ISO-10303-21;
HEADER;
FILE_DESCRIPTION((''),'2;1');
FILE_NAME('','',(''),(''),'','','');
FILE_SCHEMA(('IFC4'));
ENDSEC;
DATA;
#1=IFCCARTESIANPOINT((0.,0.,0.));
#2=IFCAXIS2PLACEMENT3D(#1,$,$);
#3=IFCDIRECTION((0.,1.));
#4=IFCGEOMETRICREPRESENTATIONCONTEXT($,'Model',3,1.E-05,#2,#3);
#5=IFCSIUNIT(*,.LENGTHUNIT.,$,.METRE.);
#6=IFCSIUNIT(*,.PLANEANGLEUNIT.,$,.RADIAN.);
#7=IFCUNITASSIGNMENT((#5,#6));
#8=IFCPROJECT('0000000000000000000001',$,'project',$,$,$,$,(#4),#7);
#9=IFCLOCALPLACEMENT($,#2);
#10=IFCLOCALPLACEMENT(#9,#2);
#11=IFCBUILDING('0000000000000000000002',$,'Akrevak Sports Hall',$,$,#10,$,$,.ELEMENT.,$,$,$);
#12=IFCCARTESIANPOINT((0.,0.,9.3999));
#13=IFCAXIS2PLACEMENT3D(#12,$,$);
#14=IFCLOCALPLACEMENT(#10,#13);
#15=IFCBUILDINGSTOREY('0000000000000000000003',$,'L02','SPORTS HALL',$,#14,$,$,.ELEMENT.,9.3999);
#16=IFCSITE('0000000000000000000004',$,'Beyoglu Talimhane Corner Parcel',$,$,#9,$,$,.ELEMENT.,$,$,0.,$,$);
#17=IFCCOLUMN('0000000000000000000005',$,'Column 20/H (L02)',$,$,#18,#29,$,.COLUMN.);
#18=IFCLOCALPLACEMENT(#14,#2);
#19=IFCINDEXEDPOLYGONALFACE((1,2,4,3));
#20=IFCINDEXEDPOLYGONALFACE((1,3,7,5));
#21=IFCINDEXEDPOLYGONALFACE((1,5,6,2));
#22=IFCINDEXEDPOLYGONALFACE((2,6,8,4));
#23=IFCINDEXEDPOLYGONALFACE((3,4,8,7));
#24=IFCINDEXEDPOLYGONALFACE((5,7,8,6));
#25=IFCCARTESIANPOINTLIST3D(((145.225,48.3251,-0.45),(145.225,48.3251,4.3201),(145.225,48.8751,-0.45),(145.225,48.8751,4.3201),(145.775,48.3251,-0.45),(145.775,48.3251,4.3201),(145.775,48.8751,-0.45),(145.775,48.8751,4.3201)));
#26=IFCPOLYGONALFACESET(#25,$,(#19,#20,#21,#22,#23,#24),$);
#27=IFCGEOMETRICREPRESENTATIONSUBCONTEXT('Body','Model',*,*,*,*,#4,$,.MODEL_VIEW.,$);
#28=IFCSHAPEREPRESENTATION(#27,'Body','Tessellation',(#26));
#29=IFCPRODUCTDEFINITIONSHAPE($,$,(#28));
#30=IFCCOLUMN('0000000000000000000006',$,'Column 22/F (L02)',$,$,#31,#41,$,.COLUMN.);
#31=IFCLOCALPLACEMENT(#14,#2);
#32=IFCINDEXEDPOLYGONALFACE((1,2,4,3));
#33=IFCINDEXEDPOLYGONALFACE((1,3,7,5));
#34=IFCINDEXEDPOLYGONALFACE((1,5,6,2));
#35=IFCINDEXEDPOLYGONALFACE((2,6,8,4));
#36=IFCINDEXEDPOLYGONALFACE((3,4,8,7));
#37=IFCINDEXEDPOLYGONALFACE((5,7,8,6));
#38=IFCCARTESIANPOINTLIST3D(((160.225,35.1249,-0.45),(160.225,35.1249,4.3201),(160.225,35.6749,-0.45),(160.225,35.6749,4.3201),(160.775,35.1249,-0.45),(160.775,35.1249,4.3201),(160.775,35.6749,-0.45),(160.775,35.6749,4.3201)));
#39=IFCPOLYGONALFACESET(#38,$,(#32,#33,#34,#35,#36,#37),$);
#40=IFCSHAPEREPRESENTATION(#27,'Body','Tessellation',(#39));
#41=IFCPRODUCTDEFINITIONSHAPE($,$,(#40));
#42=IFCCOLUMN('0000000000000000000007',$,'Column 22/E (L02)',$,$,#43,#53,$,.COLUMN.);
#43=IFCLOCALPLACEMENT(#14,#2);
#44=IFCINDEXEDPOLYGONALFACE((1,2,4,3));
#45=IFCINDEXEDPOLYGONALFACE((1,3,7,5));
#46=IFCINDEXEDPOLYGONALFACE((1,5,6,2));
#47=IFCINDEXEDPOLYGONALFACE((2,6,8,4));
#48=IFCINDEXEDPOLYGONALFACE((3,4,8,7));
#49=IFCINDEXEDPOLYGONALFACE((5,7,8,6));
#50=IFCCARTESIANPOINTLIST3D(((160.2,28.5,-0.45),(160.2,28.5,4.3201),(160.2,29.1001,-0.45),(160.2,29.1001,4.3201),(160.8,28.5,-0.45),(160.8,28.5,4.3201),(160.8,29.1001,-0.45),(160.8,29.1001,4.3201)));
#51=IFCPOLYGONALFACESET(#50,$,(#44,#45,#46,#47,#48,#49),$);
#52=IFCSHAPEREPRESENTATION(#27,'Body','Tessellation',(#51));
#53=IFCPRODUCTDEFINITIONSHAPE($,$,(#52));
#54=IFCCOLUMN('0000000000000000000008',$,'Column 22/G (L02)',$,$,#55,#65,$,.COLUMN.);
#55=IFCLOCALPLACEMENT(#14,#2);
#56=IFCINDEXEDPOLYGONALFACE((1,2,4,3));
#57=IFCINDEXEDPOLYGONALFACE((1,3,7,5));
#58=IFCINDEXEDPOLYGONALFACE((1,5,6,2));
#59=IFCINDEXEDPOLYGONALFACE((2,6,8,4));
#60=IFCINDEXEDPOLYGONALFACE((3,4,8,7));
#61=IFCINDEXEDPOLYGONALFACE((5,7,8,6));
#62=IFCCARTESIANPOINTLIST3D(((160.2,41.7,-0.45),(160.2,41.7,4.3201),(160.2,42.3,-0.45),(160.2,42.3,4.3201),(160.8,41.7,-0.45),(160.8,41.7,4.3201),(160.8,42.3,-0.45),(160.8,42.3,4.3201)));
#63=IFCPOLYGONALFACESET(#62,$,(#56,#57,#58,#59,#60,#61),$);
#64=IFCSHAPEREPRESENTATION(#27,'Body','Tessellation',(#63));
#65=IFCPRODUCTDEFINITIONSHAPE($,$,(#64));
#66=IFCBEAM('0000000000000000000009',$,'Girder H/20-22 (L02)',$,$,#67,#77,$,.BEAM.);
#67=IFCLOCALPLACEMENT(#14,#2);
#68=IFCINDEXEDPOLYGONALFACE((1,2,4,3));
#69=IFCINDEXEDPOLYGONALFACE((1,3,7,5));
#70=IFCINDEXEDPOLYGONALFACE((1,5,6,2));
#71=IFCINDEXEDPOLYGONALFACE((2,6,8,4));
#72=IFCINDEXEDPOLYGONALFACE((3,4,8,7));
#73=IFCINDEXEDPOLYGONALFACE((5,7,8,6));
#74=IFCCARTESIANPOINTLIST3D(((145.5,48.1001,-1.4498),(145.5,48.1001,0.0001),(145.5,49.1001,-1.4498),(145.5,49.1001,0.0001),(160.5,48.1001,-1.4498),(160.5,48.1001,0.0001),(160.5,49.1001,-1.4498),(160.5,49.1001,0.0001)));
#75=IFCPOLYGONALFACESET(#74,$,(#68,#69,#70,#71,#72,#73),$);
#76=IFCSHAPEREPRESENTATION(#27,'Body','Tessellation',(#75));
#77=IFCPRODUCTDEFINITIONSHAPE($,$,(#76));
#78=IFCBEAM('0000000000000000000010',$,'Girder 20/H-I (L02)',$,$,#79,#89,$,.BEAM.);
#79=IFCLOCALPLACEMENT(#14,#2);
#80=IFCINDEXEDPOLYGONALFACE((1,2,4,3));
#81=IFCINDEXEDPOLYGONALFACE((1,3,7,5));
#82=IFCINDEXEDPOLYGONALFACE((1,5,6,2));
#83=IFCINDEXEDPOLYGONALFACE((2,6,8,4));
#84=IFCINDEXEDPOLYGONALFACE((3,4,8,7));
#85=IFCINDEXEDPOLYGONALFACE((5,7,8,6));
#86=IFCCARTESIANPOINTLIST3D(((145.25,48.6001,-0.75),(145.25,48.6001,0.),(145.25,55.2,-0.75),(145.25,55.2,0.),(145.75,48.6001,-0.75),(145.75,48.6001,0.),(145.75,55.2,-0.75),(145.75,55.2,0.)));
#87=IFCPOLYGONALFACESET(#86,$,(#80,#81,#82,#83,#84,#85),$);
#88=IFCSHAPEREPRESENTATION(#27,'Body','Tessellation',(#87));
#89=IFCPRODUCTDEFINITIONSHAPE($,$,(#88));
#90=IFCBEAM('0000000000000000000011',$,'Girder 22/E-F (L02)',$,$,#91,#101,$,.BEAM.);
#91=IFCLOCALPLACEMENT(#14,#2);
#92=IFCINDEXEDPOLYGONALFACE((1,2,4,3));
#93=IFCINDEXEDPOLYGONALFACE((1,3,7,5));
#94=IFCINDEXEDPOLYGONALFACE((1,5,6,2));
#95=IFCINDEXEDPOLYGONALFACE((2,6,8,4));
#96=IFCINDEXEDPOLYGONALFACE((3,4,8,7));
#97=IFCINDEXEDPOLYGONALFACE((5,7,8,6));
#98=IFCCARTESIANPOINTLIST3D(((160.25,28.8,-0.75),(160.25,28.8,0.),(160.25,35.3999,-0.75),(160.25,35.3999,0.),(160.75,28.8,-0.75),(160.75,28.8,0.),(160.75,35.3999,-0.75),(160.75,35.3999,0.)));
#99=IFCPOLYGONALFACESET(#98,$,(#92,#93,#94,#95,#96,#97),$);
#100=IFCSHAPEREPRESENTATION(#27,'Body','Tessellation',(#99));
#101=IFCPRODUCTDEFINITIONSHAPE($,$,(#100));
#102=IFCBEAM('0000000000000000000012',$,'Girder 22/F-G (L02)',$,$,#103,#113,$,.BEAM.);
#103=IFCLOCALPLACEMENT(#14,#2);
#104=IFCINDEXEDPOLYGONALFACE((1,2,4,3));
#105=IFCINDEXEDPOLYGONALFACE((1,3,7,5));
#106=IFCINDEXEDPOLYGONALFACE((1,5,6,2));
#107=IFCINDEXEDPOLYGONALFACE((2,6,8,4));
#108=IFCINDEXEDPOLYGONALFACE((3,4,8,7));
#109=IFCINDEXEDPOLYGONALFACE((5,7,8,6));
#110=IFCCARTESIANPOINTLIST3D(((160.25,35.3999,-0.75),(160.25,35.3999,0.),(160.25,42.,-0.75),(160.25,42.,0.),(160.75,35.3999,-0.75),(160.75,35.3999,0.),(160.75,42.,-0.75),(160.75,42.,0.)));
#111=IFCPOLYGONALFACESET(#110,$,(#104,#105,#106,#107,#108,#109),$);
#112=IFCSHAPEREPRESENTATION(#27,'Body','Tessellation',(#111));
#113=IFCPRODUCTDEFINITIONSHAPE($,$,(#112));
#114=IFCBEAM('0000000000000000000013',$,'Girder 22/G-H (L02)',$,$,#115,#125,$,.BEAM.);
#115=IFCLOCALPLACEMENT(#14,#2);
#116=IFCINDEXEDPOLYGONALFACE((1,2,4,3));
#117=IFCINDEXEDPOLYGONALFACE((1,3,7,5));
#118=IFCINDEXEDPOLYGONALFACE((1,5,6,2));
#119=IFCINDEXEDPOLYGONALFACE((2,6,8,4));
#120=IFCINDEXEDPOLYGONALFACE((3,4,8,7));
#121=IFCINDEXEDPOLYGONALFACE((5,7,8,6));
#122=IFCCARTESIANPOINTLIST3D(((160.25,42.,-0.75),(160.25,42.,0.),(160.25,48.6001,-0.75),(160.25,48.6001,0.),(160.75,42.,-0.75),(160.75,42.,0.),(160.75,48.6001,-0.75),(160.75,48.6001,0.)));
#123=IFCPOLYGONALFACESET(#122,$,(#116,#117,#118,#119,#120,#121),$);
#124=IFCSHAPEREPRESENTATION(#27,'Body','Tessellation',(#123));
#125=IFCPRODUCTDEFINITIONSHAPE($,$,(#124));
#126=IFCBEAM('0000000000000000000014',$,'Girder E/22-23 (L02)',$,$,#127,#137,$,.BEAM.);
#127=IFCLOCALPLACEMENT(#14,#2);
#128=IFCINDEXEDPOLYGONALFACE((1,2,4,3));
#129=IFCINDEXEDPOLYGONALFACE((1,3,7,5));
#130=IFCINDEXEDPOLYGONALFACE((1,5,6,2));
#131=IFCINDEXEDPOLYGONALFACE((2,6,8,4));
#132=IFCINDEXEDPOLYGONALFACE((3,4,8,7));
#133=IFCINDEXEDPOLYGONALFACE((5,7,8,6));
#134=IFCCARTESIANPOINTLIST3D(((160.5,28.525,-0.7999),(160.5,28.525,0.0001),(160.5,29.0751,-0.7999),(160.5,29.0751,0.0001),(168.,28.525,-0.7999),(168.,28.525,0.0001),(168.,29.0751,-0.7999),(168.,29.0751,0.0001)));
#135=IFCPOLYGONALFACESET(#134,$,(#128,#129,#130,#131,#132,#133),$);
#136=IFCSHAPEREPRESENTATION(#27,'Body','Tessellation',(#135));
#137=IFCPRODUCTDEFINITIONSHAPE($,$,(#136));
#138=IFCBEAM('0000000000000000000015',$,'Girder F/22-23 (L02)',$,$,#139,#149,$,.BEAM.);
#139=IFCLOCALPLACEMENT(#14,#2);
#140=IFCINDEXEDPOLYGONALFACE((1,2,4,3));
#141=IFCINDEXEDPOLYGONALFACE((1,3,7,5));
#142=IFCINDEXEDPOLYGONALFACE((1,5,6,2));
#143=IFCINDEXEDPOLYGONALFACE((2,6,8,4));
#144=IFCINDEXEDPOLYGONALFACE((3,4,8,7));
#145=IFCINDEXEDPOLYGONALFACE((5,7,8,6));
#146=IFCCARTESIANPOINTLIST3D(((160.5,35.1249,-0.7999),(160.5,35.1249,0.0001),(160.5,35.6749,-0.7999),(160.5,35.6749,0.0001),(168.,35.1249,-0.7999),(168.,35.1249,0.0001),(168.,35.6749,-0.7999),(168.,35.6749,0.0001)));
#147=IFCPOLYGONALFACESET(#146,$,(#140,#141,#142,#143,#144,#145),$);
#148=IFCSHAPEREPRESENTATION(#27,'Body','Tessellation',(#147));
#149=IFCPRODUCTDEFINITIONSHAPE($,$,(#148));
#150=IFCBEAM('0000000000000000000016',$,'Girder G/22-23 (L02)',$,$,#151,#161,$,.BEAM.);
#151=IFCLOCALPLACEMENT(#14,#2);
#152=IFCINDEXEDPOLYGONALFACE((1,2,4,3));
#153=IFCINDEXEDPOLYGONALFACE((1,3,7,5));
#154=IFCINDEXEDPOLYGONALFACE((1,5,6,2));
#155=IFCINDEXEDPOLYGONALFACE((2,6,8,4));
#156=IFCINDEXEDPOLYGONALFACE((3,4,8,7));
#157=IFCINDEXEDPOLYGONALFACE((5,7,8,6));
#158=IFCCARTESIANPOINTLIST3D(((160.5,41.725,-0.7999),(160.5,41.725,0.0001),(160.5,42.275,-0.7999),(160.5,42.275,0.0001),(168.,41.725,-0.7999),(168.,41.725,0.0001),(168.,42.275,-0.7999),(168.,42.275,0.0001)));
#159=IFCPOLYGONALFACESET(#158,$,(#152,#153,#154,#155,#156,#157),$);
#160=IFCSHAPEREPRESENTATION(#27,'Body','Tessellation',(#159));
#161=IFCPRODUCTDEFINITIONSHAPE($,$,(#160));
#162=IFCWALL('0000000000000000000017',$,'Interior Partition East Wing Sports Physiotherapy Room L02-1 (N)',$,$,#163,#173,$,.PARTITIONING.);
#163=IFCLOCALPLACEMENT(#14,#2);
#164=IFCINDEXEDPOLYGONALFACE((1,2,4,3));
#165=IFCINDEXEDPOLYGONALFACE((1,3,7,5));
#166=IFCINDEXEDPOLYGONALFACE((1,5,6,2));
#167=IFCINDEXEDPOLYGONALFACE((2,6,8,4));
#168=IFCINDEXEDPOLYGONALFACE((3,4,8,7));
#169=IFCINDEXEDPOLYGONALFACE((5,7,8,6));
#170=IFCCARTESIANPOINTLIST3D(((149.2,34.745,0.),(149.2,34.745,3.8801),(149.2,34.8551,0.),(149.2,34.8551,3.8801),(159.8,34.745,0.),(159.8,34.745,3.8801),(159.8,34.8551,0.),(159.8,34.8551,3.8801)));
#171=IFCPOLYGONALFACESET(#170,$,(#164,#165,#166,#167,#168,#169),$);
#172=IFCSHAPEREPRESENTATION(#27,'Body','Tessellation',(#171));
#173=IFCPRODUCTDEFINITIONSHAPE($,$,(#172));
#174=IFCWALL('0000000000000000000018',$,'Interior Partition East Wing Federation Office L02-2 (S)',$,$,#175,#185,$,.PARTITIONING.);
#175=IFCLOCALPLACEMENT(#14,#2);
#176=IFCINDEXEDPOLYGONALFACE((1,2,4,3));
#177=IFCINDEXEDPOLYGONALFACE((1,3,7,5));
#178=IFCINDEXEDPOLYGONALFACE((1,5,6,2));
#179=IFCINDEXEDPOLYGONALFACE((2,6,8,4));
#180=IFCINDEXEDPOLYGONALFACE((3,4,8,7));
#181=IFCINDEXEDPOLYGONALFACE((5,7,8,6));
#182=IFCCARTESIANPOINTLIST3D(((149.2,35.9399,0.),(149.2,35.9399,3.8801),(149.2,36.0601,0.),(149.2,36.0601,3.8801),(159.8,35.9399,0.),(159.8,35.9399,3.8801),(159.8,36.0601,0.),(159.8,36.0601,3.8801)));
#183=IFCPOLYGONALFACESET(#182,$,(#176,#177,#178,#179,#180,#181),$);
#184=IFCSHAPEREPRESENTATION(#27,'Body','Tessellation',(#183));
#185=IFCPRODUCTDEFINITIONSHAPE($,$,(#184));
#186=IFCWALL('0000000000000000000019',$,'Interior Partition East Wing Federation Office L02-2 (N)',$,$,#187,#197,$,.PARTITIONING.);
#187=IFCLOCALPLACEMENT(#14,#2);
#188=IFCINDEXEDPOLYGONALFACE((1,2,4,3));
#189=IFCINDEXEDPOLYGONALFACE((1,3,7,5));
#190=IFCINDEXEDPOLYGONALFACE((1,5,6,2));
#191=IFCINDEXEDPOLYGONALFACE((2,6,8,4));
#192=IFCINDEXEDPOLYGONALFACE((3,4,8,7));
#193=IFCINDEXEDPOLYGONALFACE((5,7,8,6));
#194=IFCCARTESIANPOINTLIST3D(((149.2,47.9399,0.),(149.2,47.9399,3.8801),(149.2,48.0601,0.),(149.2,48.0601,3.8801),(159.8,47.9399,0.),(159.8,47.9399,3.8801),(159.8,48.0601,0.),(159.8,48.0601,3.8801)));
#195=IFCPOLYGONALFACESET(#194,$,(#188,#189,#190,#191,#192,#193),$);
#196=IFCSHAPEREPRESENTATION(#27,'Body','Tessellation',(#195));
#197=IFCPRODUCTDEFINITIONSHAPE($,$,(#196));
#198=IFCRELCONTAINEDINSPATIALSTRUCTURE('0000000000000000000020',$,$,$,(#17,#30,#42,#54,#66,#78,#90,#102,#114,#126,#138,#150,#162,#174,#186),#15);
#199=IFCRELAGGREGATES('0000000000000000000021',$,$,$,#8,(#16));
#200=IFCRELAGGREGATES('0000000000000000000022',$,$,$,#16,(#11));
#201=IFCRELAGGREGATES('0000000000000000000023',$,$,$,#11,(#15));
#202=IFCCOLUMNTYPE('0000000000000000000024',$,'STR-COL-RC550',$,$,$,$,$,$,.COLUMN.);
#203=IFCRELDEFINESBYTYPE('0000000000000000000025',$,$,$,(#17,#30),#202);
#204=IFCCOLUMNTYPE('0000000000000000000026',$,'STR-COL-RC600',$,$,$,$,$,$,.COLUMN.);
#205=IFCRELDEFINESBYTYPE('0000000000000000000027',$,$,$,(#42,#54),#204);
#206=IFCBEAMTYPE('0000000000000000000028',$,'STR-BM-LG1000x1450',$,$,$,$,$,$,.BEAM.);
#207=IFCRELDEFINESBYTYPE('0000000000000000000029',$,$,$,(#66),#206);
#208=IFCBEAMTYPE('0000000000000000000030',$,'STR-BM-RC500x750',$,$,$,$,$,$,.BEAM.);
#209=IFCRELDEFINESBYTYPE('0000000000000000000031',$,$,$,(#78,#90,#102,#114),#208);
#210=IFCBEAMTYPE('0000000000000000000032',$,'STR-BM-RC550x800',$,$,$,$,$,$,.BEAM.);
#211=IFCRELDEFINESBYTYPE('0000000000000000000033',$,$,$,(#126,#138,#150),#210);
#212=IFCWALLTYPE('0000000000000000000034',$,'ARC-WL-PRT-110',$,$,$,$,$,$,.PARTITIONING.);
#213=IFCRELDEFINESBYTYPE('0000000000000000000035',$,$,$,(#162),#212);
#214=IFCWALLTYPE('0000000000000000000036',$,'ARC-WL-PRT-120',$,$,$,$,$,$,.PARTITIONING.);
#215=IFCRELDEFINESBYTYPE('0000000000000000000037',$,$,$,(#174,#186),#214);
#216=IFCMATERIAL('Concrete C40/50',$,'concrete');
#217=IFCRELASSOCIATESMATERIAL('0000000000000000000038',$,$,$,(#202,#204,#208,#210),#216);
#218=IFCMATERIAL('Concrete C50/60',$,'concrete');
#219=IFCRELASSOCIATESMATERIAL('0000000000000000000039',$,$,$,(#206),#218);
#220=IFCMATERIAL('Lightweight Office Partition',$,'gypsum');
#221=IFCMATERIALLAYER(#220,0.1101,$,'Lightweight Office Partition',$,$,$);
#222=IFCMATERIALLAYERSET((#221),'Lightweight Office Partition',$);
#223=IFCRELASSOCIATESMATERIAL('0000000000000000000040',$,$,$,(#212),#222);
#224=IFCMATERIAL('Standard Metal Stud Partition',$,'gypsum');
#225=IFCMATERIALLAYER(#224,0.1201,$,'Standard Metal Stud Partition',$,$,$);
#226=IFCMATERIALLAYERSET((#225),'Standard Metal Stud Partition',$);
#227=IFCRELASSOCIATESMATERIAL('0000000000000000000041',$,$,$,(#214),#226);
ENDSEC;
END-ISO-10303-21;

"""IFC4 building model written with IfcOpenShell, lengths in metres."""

from ifc_helpers import new_model, si_unit, direction, frame, frame_2d, origin, origin_2d, place, context, subcontext, project, spatial, rectangle, extrude, material, layer, layer_set, material_profile, profile_set, type_object, element, save


model = new_model("IFC4")

# Units and contexts
model_context = context("Model", 3, precision=1e-05, world=origin(), true_north=direction((0.0, 1.0)))
body_context = subcontext(model_context, "Body", "Model", "MODEL_VIEW")
ifc_project = project(units=[si_unit("LENGTHUNIT", "METRE"), si_unit("PLANEANGLEUNIT", "RADIAN")], contexts=[model_context])

# Site, building, storey
site_placement = place(None, origin())
site = spatial("IfcSite", under=ifc_project, at=site_placement, Name="Beyoglu Talimhane Corner Parcel", CompositionType="ELEMENT", RefElevation=0.0)
building_placement = place(site_placement, origin())
building = spatial("IfcBuilding", under=site, at=building_placement, Name="Akrevak Sports Hall", CompositionType="ELEMENT")
storey_placement = place(building_placement, frame((0.0, 0.0, 9.3999)))
storey = spatial("IfcBuildingStorey", under=building, at=storey_placement, Name="L02", Description="SPORTS HALL", CompositionType="ELEMENT", Elevation=9.3999)

# Columns
ifc_material_1 = material(Name="Concrete C40/50", Category="concrete")
ifc_material_profile_1 = material_profile(ifc_material_1, rectangle(XDim=0.55, YDim=0.55, at=origin_2d()), Name="RC 550x550", Category="concrete")
ifc_profile_set_1 = profile_set([ifc_material_profile_1], Name="Concrete C40/50")
column_type_1 = type_object("IfcColumnType", Name="STR-COL-RC550", PredefinedType="COLUMN", material=ifc_profile_set_1)
for number, where, z_axis, x_axis, name in (
    (1, (145.5, 48.6001, -0.45), (0.0, 0.0, 1.0), (1.0, 0.0, 0.0), "Column 20/H (L02)"),
    (2, (160.5, 35.3999, -0.45), (0.0, 0.0, 1.0), (1.0, 0.0, 0.0), "Column 22/F (L02)"),
):
    element("IfcColumn", number, at=place(storey_placement, frame(where, z_axis=z_axis, x_axis=x_axis)), inside=storey, type_object=column_type_1, Name=name, PredefinedType="COLUMN", context=body_context, shape_type="SweptSolid", body=[
        extrude(rectangle(XDim=0.55, YDim=0.55, at=origin_2d()), origin(), (0.0, 0.0, 1.0), 4.77),
    ])
ifc_material_profile_2 = material_profile(ifc_material_1, rectangle(XDim=0.6001, YDim=0.6001, at=origin_2d()), Name="RC 600x600", Category="concrete")
ifc_profile_set_2 = profile_set([ifc_material_profile_2], Name="Concrete C40/50")
column_type_2 = type_object("IfcColumnType", Name="STR-COL-RC600", PredefinedType="COLUMN", material=ifc_profile_set_2)
for number, where, z_axis, x_axis, name in (
    (3, (160.5, 28.8, -0.45), (0.0, 0.0, 1.0), (1.0, 0.0, 0.0), "Column 22/E (L02)"),
    (4, (160.5, 42.0, -0.45), (0.0, 0.0, 1.0), (1.0, 0.0, 0.0), "Column 22/G (L02)"),
):
    element("IfcColumn", number, at=place(storey_placement, frame(where, z_axis=z_axis, x_axis=x_axis)), inside=storey, type_object=column_type_2, Name=name, PredefinedType="COLUMN", context=body_context, shape_type="SweptSolid", body=[
        extrude(rectangle(XDim=0.6001, YDim=0.6001, at=origin_2d()), origin(), (0.0, 0.0, 1.0), 4.77),
    ])

# Beams
ifc_material_2 = material(Name="Concrete C50/60", Category="concrete")
ifc_material_profile_3 = material_profile(ifc_material_2, rectangle(XDim=1.0, YDim=1.45, at=origin_2d()), Name="BM 1000x1450", Category="concrete")
ifc_profile_set_3 = profile_set([ifc_material_profile_3], Name="Concrete C50/60")
beam_type_1 = type_object("IfcBeamType", Name="STR-BM-LG1000x1450", PredefinedType="BEAM", material=ifc_profile_set_3)
beam_placement = place(storey_placement, frame((145.5, 48.6001, -0.7249), z_axis=(1.0, 0.0, 0.0), x_axis=(0.0, 1.0, 0.0)))
element("IfcBeam", 5, at=beam_placement, inside=storey, type_object=beam_type_1, Name="Girder H/20-22 (L02)", PredefinedType="BEAM", context=body_context, shape_type="SweptSolid", body=[
    extrude(rectangle(XDim=1.0, YDim=1.45, at=origin_2d()), origin(), (0.0, 0.0, 1.0), 15.0),
])
ifc_material_profile_4 = material_profile(ifc_material_1, rectangle(XDim=0.5, YDim=0.75, at=origin_2d()), Name="BM 500x750", Category="concrete")
ifc_profile_set_4 = profile_set([ifc_material_profile_4], Name="Concrete C40/50")
beam_type_2 = type_object("IfcBeamType", Name="STR-BM-RC500x750", PredefinedType="BEAM", material=ifc_profile_set_4)
for number, where, z_axis, x_axis, name in (
    (6, (145.5, 48.6001, -0.375), (0.0, 1.0, 0.0), (-1.0, 0.0, 0.0), "Girder 20/H-I (L02)"),
    (7, (160.5, 28.8, -0.375), (0.0, 1.0, 0.0), (-1.0, 0.0, 0.0), "Girder 22/E-F (L02)"),
):
    element("IfcBeam", number, at=place(storey_placement, frame(where, z_axis=z_axis, x_axis=x_axis)), inside=storey, type_object=beam_type_2, Name=name, PredefinedType="BEAM", context=body_context, shape_type="SweptSolid", body=[
        extrude(rectangle(XDim=0.5, YDim=0.75, at=origin_2d()), origin(), (0.0, 0.0, 1.0), 6.5999),
    ])
for number, where, z_axis, x_axis, name in (
    (8, (160.5, 35.3999, -0.375), (0.0, 1.0, 0.0), (-1.0, 0.0, 0.0), "Girder 22/F-G (L02)"),
    (9, (160.5, 42.0, -0.375), (0.0, 1.0, 0.0), (-1.0, 0.0, 0.0), "Girder 22/G-H (L02)"),
):
    element("IfcBeam", number, at=place(storey_placement, frame(where, z_axis=z_axis, x_axis=x_axis)), inside=storey, type_object=beam_type_2, Name=name, PredefinedType="BEAM", context=body_context, shape_type="SweptSolid", body=[
        extrude(rectangle(XDim=0.5, YDim=0.75, at=origin_2d()), origin(), (0.0, 0.0, 1.0), 6.6001),
    ])
ifc_material_profile_5 = material_profile(ifc_material_1, rectangle(XDim=0.55, YDim=0.8, at=origin_2d()), Name="BM 550x800", Category="concrete")
ifc_profile_set_5 = profile_set([ifc_material_profile_5], Name="Concrete C40/50")
beam_type_3 = type_object("IfcBeamType", Name="STR-BM-RC550x800", PredefinedType="BEAM", material=ifc_profile_set_5)
for number, where, z_axis, x_axis, name in (
    (10, (160.5, 28.8, -0.3999), (1.0, 0.0, 0.0), (0.0, 1.0, 0.0), "Girder E/22-23 (L02)"),
    (11, (160.5, 35.3999, -0.3999), (1.0, 0.0, 0.0), (0.0, 1.0, 0.0), "Girder F/22-23 (L02)"),
    (12, (160.5, 42.0, -0.3999), (1.0, 0.0, 0.0), (0.0, 1.0, 0.0), "Girder G/22-23 (L02)"),
):
    element("IfcBeam", number, at=place(storey_placement, frame(where, z_axis=z_axis, x_axis=x_axis)), inside=storey, type_object=beam_type_3, Name=name, PredefinedType="BEAM", context=body_context, shape_type="SweptSolid", body=[
        extrude(rectangle(XDim=0.55, YDim=0.8, at=origin_2d()), origin(), (0.0, 0.0, 1.0), 7.5),
    ])

# Walls
ifc_material_3 = material(Name="Lightweight Office Partition", Category="gypsum")
ifc_layer_1 = layer(ifc_material_3, 0.1101, Name="Lightweight Office Partition")
ifc_layer_set_1 = layer_set([ifc_layer_1], Name="Lightweight Office Partition")
wall_type_1 = type_object("IfcWallType", Name="ARC-WL-PRT-110", PredefinedType="PARTITIONING", material=ifc_layer_set_1)
wall_1_placement = place(storey_placement, frame((149.2, 34.8, 0.0), z_axis=(0.0, 0.0, 1.0), x_axis=(1.0, 0.0, 0.0)))
element("IfcWall", 13, at=wall_1_placement, inside=storey, type_object=wall_type_1, Name="Interior Partition East Wing Sports Physiotherapy Room L02-1 (N)", PredefinedType="PARTITIONING", context=body_context, shape_type="SweptSolid", body=[
    extrude(rectangle(XDim=10.6001, YDim=0.1101, at=frame_2d((5.3, 0.0))), origin(), (0.0, 0.0, 1.0), 3.8801),
])
ifc_material_4 = material(Name="Standard Metal Stud Partition", Category="gypsum")
ifc_layer_2 = layer(ifc_material_4, 0.1201, Name="Standard Metal Stud Partition")
ifc_layer_set_2 = layer_set([ifc_layer_2], Name="Standard Metal Stud Partition")
wall_type_2 = type_object("IfcWallType", Name="ARC-WL-PRT-120", PredefinedType="PARTITIONING", material=ifc_layer_set_2)
for number, where, z_axis, x_axis, name in (
    (14, (149.2, 36.0, 0.0), (0.0, 0.0, 1.0), (1.0, 0.0, 0.0), "Interior Partition East Wing Federation Office L02-2 (S)"),
    (15, (149.2, 48.0, 0.0), (0.0, 0.0, 1.0), (1.0, 0.0, 0.0), "Interior Partition East Wing Federation Office L02-2 (N)"),
):
    element("IfcWall", number, at=place(storey_placement, frame(where, z_axis=z_axis, x_axis=x_axis)), inside=storey, type_object=wall_type_2, Name=name, PredefinedType="PARTITIONING", context=body_context, shape_type="SweptSolid", body=[
        extrude(rectangle(XDim=10.6001, YDim=0.1201, at=frame_2d((5.3, 0.0))), origin(), (0.0, 0.0, 1.0), 3.8801),
    ])

save(model, "model.ifc")
